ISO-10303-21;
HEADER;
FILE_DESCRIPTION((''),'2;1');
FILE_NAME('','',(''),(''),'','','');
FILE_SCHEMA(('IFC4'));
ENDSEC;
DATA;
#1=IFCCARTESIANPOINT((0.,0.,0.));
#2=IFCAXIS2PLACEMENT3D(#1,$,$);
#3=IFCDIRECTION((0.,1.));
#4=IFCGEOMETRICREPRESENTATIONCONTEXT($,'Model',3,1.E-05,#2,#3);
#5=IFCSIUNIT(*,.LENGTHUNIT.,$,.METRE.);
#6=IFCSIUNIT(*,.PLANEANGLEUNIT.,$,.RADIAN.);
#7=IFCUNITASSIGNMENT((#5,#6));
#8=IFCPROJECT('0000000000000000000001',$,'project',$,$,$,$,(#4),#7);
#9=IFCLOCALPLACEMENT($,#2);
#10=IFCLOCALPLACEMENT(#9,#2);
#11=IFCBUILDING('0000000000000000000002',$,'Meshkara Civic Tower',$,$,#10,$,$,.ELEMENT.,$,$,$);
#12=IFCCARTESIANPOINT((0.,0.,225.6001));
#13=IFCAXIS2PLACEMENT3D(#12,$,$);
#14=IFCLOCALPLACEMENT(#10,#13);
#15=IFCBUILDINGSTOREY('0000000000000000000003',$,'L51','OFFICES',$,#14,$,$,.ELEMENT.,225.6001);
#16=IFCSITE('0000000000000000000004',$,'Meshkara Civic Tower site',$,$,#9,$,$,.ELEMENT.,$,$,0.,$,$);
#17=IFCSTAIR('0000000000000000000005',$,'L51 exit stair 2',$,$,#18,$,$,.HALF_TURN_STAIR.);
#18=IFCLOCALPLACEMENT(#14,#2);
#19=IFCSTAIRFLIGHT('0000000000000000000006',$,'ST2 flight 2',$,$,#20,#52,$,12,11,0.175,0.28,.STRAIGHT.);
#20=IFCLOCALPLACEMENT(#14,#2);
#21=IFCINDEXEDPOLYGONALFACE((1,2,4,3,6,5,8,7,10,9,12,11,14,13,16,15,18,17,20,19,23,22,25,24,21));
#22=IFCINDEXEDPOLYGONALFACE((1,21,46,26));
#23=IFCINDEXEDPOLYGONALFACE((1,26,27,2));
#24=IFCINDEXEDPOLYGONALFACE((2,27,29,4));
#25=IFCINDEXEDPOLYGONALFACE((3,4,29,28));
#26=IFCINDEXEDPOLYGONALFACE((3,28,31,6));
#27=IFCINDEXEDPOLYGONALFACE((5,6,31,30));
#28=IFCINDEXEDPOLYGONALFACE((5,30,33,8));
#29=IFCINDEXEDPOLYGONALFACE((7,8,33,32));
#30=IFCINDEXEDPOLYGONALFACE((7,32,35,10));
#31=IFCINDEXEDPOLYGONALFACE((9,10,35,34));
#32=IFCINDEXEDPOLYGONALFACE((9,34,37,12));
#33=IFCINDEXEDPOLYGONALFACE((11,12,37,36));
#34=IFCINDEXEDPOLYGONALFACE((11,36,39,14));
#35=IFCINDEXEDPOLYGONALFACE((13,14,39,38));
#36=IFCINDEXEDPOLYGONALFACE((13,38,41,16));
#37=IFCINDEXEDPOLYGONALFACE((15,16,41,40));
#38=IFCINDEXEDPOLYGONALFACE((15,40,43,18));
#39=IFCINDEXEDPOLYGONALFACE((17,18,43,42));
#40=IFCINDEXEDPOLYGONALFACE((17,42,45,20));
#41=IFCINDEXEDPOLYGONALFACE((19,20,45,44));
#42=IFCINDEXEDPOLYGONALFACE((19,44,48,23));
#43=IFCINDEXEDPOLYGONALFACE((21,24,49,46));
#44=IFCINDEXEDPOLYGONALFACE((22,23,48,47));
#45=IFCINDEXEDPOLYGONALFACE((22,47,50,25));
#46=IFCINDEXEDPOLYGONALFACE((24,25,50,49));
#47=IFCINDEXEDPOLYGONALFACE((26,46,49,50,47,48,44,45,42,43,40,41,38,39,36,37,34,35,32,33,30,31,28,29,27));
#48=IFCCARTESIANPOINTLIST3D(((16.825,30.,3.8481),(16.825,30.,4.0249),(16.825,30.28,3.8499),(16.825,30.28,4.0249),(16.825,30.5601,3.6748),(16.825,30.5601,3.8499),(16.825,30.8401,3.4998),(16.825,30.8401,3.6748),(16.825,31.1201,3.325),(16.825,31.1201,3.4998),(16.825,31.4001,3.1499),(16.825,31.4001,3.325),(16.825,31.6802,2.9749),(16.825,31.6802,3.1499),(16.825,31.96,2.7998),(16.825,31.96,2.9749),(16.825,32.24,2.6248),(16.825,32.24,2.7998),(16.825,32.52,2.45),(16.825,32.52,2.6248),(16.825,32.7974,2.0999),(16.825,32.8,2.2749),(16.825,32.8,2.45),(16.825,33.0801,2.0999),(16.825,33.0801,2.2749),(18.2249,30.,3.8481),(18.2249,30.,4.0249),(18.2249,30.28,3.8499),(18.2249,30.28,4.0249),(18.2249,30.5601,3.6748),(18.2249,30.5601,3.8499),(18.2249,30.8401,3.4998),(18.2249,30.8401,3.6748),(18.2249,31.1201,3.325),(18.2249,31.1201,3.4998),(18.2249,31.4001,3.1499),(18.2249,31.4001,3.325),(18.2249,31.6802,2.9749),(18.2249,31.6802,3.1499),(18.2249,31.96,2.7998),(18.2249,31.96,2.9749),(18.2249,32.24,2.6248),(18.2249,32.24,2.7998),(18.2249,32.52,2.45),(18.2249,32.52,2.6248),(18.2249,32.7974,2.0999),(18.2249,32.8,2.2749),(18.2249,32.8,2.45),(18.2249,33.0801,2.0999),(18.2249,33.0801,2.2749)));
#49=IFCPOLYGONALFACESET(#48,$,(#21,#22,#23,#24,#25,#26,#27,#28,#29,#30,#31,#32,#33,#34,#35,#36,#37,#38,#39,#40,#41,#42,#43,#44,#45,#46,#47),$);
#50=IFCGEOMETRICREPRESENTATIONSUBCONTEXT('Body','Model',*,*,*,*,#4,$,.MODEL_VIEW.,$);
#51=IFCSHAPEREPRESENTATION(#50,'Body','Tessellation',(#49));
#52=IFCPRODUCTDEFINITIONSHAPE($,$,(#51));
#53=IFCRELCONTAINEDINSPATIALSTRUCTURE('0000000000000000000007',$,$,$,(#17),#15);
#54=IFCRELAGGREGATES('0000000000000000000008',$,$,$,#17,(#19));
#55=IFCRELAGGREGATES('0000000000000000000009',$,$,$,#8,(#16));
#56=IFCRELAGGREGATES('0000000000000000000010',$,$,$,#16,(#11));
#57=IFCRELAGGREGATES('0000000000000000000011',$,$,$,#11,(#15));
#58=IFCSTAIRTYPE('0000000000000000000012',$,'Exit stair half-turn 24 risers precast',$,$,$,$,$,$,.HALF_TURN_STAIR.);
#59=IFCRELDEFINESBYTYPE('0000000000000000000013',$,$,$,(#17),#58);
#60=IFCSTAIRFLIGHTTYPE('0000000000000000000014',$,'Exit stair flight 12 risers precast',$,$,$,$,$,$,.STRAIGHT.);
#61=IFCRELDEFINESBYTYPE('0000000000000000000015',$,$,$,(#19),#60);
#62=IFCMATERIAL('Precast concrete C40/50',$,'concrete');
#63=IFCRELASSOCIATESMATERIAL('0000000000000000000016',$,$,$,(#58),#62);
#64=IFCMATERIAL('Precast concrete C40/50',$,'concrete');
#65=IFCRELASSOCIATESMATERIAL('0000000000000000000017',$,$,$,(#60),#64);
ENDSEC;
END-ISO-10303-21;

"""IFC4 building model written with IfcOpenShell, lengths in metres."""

from ifc_helpers import new_model, si_unit, direction, frame, origin, place, context, subcontext, project, spatial, polyline, outline, extrude, material, type_object, element, aggregate, save


model = new_model("IFC4")

# Units and contexts
model_context = context("Model", 3, precision=1e-05, world=origin(), true_north=direction((0.0, 1.0)))
body_context = subcontext(model_context, "Body", "Model", "MODEL_VIEW")
ifc_project = project(units=[si_unit("LENGTHUNIT", "METRE"), si_unit("PLANEANGLEUNIT", "RADIAN")], contexts=[model_context])

# Site, building, storey
site_placement = place(None, origin())
site = spatial("IfcSite", under=ifc_project, at=site_placement, Name="Meshkara Civic Tower site", CompositionType="ELEMENT", RefElevation=0.0)
building_placement = place(site_placement, origin())
building = spatial("IfcBuilding", under=site, at=building_placement, Name="Meshkara Civic Tower", CompositionType="ELEMENT")
storey_placement = place(building_placement, frame((0.0, 0.0, 225.6001)))
storey = spatial("IfcBuildingStorey", under=building, at=storey_placement, Name="L51", Description="OFFICES", CompositionType="ELEMENT", Elevation=225.6001)

# Stair, stair flight
ifc_material_1 = material(Name="Precast concrete C40/50", Category="concrete")
stair_type = type_object("IfcStairType", Name="Exit stair half-turn 24 risers precast", PredefinedType="HALF_TURN_STAIR", material=ifc_material_1)
stair_placement = place(storey_placement, origin())
stair = element("IfcStair", 1, at=stair_placement, inside=storey, type_object=stair_type, Name="L51 exit stair 2", PredefinedType="HALF_TURN_STAIR")
ifc_material_2 = material(Name="Precast concrete C40/50", Category="concrete")
stair_flight_type = type_object("IfcStairFlightType", Name="Exit stair flight 12 risers precast", PredefinedType="STRAIGHT", material=ifc_material_2)
stair_flight_1_placement = place(storey_placement, frame((17.5249, 33.0801, 2.0999), z_axis=(0.0, 0.0, 1.0), x_axis=(0.0, -1.0, 0.0)))
stair_flight_1 = element("IfcStairFlight", 2, at=stair_flight_1_placement, type_object=stair_flight_type, Name="ST2 flight 2", NumberOfRisers=12, NumberOfTreads=11, PredefinedType="STRAIGHT", RiserHeight=0.175, TreadLength=0.28, context=body_context, shape_type="SweptSolid", body=[
    extrude(outline(polyline([(0.0, 0.0), (0.0, 0.175), (0.28, 0.175), (0.28, 0.3501), (0.5601, 0.3501), (0.5601, 0.5249), (0.8401, 0.5249), (0.8401, 0.7), (1.1201, 0.7), (1.1201, 0.875), (1.3999, 0.875), (1.3999, 1.05), (1.6799, 1.05), (1.6799, 1.2251), (1.96, 1.2251), (1.96, 1.3999), (2.24, 1.3999), (2.24, 1.575), (2.52, 1.575), (2.52, 1.75), (2.8, 1.75), (2.8, 1.925), (3.0801, 1.925), (3.0801, 2.1001), (3.0801, 1.7483), (0.2827, 0.0), (0.0, 0.0)])), frame((0.0, 0.7, 0.0), z_axis=(0.0, -1.0, 0.0), x_axis=(1.0, 0.0, 0.0)), (0.0, 0.0, 1.0), 1.3999),
])
aggregate(stair, [stair_flight_1])

save(model, "model.ifc")
